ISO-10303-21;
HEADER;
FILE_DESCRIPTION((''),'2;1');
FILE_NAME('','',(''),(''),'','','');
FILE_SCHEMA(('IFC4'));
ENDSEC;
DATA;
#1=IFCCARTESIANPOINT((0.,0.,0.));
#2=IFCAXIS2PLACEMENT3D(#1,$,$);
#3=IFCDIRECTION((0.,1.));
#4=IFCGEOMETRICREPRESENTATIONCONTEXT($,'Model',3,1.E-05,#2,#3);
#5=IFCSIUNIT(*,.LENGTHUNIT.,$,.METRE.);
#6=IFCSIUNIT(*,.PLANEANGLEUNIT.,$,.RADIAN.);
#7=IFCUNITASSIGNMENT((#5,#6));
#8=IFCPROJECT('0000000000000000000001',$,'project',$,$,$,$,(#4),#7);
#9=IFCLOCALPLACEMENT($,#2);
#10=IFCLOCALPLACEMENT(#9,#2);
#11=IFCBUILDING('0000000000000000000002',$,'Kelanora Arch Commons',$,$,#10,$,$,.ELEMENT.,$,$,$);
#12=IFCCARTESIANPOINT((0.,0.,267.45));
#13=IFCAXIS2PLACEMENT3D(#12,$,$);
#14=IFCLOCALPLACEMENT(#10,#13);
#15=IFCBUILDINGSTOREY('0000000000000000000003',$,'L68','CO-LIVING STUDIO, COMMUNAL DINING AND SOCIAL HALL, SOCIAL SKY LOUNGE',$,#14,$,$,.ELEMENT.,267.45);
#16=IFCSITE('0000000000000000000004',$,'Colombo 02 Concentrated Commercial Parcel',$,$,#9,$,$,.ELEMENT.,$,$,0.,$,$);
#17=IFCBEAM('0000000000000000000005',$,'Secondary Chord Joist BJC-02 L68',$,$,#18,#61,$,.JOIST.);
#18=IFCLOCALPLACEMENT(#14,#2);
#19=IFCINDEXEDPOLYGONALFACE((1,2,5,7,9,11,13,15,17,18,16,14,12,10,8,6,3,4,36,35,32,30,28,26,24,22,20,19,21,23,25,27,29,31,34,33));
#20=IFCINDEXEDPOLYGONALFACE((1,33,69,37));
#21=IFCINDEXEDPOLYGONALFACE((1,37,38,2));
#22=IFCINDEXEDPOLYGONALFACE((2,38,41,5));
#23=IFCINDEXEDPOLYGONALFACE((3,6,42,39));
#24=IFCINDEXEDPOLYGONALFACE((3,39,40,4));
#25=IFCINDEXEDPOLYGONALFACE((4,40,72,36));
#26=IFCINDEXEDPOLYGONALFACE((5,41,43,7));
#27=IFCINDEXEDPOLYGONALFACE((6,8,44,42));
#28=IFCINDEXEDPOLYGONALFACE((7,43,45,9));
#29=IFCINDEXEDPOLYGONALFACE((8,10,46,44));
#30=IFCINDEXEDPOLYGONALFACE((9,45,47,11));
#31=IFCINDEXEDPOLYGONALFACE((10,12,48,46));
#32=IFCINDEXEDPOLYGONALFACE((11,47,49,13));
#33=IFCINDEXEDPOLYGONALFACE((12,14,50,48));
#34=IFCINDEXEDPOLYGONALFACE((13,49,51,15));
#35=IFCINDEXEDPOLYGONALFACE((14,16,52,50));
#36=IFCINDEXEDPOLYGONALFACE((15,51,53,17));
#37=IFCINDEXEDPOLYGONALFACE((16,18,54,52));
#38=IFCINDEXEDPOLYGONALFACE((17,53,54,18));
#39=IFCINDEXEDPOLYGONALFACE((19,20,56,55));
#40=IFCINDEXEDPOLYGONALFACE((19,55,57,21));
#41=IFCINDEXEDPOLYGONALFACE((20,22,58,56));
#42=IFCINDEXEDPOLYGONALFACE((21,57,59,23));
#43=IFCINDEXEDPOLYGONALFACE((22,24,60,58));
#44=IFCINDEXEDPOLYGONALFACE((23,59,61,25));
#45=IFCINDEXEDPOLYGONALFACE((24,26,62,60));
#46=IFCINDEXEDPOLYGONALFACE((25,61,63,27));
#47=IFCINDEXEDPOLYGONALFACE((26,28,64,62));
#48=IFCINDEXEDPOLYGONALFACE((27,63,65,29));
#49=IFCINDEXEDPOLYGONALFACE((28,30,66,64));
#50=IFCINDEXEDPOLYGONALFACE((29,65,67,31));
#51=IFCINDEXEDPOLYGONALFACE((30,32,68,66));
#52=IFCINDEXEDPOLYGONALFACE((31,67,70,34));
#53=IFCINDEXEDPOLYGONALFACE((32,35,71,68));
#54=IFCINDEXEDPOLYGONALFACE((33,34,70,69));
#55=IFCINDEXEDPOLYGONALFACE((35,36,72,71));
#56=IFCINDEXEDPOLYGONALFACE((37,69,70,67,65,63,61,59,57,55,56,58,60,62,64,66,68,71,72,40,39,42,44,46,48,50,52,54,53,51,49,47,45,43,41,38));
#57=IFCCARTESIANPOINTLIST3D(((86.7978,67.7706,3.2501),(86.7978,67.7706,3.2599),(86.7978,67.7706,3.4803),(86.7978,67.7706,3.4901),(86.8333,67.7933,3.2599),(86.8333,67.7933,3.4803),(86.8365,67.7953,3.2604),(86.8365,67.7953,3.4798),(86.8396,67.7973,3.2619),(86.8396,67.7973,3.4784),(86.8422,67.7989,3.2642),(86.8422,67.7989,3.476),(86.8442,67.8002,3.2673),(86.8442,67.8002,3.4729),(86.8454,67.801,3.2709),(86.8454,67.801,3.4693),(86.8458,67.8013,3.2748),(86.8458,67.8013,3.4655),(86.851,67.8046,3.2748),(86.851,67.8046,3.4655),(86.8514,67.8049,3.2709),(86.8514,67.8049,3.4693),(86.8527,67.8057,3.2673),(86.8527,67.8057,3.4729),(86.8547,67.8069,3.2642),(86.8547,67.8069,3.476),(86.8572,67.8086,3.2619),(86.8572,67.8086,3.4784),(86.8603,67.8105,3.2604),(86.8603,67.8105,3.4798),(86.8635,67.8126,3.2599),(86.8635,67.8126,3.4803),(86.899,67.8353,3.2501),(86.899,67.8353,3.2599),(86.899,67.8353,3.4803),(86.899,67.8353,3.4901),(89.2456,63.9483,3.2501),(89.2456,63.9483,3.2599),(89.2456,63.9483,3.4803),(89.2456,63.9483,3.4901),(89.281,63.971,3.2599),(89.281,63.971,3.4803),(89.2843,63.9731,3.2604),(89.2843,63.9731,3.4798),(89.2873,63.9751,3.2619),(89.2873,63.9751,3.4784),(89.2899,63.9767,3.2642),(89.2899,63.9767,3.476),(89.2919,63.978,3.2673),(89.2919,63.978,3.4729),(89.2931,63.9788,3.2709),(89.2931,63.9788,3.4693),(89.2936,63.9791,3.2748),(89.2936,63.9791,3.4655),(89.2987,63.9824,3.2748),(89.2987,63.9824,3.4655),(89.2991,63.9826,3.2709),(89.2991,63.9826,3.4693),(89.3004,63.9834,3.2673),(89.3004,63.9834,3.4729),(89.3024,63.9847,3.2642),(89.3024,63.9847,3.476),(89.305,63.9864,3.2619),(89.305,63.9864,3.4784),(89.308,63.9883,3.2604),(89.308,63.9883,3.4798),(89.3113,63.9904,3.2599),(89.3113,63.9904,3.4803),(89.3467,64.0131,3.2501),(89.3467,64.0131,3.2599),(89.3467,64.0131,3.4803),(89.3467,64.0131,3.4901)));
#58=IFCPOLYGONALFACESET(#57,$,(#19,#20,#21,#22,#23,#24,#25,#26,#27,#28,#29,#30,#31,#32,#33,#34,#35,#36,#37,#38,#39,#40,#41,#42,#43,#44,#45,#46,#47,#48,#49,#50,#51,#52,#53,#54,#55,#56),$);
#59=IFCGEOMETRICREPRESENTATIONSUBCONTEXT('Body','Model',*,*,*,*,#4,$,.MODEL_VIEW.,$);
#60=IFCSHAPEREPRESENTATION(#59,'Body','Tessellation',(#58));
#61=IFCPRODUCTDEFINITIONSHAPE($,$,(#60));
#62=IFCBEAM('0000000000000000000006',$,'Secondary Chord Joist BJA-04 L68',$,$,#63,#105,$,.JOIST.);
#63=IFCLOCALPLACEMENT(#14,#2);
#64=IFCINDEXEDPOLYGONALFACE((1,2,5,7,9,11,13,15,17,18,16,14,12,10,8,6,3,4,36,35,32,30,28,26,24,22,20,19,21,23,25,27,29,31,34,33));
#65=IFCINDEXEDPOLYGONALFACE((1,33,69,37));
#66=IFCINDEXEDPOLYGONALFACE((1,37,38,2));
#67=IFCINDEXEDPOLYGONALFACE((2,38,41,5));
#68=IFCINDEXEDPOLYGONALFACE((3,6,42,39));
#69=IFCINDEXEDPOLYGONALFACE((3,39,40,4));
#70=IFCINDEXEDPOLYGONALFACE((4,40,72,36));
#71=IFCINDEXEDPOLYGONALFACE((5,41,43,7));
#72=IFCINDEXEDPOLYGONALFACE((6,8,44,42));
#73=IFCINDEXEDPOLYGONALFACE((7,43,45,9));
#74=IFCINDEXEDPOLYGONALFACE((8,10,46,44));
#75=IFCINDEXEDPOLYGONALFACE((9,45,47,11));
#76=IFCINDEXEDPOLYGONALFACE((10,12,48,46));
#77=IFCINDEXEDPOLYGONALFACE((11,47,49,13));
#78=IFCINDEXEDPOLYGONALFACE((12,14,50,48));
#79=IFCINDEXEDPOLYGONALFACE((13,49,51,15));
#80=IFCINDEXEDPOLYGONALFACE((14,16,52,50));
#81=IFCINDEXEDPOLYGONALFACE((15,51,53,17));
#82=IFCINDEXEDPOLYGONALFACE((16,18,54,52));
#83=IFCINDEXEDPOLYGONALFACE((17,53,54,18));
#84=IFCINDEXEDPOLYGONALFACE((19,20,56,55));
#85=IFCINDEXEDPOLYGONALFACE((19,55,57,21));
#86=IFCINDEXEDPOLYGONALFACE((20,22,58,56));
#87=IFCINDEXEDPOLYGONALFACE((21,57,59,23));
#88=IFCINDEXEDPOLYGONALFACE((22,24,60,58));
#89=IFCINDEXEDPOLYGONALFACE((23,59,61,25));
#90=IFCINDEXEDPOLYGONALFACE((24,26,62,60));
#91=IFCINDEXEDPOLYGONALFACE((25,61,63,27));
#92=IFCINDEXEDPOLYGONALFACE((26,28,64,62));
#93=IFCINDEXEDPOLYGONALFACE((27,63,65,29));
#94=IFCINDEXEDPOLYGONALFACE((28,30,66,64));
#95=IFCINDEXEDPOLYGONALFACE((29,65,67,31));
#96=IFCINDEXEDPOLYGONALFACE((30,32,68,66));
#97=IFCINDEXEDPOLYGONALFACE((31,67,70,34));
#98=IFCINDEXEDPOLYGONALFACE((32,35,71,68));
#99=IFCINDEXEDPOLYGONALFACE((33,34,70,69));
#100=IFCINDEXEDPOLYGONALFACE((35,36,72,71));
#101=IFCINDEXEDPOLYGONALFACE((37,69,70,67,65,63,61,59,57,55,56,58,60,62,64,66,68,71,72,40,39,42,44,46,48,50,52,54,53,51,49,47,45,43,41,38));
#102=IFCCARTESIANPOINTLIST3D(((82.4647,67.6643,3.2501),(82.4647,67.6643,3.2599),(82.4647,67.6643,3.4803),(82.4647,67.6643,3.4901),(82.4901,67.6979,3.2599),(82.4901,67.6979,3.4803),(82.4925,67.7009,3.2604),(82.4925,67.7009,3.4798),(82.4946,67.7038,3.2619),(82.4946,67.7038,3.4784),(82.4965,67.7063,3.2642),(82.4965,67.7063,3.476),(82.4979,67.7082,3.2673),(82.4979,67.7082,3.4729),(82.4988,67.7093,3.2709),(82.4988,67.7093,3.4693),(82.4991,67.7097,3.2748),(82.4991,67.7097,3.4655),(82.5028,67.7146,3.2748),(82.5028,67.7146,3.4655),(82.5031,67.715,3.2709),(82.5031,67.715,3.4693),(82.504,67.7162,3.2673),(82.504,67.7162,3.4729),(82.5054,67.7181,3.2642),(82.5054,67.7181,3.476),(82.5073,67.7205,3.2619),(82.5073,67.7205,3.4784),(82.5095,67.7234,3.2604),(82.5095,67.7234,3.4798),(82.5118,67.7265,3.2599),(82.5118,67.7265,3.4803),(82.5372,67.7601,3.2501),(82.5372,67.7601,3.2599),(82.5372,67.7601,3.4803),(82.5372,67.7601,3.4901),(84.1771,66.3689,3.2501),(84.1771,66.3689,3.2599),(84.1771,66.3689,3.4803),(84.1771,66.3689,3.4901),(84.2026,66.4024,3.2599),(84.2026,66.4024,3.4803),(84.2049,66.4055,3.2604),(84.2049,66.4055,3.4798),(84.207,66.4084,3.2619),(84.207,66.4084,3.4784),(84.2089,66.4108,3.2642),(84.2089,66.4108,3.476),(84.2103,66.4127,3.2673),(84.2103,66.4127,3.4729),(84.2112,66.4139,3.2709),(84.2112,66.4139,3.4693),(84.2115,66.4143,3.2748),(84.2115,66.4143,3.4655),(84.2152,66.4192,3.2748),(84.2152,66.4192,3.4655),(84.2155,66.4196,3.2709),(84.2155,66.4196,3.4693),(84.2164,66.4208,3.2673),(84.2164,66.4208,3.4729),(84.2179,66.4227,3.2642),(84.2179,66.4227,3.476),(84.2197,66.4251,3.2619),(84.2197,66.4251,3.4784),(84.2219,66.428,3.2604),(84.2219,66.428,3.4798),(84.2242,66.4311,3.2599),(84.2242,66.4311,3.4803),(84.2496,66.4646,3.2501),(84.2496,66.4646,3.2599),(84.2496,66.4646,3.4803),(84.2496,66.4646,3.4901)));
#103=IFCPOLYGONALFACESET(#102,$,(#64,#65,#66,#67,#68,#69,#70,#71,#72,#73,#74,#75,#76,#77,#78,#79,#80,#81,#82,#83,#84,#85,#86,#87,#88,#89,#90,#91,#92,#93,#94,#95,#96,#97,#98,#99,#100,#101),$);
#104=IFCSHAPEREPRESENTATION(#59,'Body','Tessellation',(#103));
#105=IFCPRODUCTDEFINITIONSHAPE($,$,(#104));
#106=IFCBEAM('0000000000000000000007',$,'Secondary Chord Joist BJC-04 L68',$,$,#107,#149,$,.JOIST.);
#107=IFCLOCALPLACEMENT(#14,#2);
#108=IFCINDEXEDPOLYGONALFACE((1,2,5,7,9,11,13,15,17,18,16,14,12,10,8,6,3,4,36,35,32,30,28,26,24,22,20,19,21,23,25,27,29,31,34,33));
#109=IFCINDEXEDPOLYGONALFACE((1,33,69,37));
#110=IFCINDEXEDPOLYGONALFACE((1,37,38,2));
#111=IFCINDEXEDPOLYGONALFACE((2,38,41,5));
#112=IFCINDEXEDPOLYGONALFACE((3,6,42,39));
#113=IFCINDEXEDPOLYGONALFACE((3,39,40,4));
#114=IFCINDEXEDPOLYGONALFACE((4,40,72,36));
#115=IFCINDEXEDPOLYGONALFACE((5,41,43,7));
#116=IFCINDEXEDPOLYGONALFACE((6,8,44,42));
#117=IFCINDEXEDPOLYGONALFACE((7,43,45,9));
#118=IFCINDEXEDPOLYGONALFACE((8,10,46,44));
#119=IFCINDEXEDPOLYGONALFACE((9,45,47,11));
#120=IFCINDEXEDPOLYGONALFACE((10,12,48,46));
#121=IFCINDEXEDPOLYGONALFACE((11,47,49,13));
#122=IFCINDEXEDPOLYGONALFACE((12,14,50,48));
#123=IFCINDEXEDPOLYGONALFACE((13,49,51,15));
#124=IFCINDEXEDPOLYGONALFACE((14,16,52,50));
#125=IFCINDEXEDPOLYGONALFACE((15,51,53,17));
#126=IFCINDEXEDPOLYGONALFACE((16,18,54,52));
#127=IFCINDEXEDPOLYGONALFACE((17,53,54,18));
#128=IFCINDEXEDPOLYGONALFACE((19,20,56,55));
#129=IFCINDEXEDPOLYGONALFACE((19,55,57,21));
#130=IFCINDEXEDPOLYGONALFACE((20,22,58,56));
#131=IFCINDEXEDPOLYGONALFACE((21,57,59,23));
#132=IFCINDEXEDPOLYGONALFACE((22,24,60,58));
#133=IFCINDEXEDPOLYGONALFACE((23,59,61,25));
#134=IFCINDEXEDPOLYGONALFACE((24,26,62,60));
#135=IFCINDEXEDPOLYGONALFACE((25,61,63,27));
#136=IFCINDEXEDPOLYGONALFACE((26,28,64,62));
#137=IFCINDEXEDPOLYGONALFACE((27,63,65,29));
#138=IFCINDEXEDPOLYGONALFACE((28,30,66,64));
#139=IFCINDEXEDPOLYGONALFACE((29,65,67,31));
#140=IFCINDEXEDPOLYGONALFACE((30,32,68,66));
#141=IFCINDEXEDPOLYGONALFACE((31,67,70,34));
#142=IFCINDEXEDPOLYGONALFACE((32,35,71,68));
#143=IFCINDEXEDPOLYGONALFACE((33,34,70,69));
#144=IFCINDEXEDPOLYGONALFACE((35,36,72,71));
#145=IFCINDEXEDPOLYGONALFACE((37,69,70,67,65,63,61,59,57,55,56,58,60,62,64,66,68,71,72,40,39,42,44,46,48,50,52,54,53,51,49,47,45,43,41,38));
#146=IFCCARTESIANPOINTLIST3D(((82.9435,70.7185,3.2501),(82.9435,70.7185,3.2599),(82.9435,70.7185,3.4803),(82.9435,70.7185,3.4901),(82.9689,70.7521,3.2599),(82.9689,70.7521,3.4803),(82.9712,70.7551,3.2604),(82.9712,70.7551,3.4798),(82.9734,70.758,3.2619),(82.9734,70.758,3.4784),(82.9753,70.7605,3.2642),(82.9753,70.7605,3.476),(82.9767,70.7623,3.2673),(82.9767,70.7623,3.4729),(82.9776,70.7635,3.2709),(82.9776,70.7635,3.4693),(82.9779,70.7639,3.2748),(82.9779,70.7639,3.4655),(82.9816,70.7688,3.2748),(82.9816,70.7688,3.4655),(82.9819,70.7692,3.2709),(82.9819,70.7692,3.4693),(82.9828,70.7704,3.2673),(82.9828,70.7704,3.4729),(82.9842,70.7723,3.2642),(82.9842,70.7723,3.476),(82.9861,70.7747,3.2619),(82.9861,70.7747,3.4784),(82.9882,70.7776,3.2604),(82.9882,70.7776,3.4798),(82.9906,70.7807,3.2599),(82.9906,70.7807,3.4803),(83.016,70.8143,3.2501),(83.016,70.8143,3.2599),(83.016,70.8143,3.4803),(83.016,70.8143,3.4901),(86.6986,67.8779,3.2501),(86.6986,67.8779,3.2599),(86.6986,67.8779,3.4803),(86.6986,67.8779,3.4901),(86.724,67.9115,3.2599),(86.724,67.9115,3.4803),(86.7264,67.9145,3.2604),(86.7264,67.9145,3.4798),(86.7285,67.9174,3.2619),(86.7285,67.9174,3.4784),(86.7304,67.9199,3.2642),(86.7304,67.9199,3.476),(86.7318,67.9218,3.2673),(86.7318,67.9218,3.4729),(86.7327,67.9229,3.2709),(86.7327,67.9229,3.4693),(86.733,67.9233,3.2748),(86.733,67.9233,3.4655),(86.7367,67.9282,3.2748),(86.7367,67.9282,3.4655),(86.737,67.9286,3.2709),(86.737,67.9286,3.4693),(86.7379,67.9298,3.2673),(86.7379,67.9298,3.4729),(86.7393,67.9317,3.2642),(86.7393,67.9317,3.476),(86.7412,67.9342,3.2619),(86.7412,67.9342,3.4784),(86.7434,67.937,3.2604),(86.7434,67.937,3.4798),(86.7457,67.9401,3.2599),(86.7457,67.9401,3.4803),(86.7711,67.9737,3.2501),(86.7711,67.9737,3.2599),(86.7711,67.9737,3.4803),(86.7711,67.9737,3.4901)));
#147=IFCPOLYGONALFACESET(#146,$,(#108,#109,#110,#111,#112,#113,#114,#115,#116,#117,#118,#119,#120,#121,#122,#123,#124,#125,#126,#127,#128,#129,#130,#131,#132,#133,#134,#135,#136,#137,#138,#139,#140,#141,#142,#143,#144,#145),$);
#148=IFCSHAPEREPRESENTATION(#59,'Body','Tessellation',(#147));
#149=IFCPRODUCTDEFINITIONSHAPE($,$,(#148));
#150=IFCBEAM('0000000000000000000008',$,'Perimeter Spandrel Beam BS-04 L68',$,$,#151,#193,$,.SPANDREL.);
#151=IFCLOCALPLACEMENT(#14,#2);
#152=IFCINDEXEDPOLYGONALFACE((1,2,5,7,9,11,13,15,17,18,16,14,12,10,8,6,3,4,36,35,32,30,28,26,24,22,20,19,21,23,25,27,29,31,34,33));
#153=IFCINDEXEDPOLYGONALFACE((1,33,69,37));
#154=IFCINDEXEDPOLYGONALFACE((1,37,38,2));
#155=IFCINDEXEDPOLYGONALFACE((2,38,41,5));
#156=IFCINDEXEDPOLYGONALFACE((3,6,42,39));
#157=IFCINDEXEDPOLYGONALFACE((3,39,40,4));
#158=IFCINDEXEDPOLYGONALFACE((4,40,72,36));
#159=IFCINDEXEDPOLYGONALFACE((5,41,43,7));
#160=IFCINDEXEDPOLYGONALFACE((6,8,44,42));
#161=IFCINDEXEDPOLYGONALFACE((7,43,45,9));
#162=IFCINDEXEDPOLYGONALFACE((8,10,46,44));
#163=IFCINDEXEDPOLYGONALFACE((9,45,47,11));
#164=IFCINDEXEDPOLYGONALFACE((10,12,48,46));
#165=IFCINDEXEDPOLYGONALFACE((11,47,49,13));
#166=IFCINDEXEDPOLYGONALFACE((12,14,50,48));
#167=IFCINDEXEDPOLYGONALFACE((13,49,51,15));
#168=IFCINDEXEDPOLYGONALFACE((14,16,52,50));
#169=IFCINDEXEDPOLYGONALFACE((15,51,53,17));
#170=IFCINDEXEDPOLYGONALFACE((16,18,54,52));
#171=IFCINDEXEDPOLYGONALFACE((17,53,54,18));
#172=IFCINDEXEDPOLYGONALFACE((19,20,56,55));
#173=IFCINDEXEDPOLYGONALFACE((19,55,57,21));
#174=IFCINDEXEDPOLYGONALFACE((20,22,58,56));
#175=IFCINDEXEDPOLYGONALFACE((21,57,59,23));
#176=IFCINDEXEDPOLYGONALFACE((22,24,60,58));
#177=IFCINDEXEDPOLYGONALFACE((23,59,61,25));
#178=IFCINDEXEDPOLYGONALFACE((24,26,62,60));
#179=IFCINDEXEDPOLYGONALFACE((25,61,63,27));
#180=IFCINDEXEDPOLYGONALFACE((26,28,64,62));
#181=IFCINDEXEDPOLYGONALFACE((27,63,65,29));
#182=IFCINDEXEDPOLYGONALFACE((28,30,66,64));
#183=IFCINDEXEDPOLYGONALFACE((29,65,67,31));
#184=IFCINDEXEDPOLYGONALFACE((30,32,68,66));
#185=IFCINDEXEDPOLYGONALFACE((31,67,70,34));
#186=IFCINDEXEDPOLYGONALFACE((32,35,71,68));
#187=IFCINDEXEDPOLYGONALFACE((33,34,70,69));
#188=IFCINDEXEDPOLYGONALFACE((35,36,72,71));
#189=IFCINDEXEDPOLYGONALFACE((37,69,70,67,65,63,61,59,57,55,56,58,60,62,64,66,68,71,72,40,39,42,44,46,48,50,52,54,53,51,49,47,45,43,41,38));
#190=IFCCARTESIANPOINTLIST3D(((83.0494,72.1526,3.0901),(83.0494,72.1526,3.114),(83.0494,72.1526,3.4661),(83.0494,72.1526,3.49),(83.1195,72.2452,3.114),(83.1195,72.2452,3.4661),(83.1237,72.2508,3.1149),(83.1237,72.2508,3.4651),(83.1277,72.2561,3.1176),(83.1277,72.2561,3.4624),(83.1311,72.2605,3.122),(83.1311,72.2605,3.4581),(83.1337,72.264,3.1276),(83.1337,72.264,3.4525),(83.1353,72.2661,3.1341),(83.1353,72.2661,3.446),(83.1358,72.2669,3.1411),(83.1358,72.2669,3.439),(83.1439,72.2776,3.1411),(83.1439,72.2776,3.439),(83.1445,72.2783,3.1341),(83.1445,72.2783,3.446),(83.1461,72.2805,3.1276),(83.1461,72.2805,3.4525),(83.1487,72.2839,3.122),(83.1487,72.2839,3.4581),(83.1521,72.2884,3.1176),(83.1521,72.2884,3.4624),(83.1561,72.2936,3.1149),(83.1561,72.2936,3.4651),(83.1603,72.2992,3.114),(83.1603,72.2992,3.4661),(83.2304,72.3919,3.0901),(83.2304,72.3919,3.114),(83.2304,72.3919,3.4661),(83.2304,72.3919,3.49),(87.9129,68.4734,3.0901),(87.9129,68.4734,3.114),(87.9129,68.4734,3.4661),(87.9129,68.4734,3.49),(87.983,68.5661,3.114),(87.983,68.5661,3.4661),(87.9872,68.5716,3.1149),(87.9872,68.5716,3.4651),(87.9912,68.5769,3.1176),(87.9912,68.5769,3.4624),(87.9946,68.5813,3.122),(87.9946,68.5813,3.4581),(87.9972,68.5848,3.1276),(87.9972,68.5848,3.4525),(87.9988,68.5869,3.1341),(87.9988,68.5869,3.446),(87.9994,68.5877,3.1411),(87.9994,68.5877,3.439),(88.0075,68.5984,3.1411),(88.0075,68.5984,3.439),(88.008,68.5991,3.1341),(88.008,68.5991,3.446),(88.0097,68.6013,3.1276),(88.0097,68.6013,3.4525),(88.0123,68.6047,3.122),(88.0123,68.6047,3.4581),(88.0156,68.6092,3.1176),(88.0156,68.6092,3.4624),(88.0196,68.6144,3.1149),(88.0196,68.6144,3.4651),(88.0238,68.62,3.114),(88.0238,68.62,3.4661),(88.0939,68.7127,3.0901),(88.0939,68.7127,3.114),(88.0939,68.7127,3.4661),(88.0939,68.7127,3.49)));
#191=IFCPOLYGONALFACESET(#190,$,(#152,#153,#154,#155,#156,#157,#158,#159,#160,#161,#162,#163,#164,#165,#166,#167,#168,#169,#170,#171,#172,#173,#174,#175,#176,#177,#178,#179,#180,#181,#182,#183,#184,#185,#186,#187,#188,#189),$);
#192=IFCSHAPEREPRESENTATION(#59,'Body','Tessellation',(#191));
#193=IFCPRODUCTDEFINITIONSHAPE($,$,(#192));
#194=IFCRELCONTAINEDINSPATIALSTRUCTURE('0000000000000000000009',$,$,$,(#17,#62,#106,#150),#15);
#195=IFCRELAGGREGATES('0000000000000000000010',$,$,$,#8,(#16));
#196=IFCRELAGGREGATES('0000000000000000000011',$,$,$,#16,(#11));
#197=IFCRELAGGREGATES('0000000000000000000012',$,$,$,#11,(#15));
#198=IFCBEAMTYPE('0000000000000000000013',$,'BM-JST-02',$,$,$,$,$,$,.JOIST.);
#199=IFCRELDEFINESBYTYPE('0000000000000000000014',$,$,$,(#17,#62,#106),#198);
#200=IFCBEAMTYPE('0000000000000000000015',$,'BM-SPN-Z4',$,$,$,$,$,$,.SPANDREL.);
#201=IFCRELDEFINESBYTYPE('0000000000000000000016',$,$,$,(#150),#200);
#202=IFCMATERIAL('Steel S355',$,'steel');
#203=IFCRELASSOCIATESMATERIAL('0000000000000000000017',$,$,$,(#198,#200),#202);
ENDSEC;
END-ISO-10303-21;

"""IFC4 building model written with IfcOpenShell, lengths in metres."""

from ifc_helpers import new_model, si_unit, direction, frame, origin, origin_2d, place, context, subcontext, project, spatial, i_section, extrude, material, material_profile, profile_set, type_object, element, save


model = new_model("IFC4")

# Units and contexts
model_context = context("Model", 3, precision=1e-05, world=origin(), true_north=direction((0.0, 1.0)))
body_context = subcontext(model_context, "Body", "Model", "MODEL_VIEW")
ifc_project = project(units=[si_unit("LENGTHUNIT", "METRE"), si_unit("PLANEANGLEUNIT", "RADIAN")], contexts=[model_context])

# Site, building, storey
site_placement = place(None, origin())
site = spatial("IfcSite", under=ifc_project, at=site_placement, Name="Colombo 02 Concentrated Commercial Parcel", CompositionType="ELEMENT", RefElevation=0.0)
building_placement = place(site_placement, origin())
building = spatial("IfcBuilding", under=site, at=building_placement, Name="Kelanora Arch Commons", CompositionType="ELEMENT")
storey_placement = place(building_placement, frame((0.0, 0.0, 267.45)))
storey = spatial("IfcBuildingStorey", under=building, at=storey_placement, Name="L68", Description="CO-LIVING STUDIO, COMMUNAL DINING AND SOCIAL HALL, SOCIAL SKY LOUNGE", CompositionType="ELEMENT", Elevation=267.45)

# Beams
ifc_material_1 = material(Name="Steel S355", Category="steel")
ifc_material_profile_1 = material_profile(ifc_material_1, i_section(OverallWidth=0.1201, OverallDepth=0.24, WebThickness=0.0061, FlangeThickness=0.0098, FilletRadius=0.0149, at=origin_2d()), Name="IPE240")
ifc_profile_set_1 = profile_set([ifc_material_profile_1], Name="Steel S355")
beam_type_1 = type_object("IfcBeamType", Name="BM-JST-02", PredefinedType="JOIST", material=ifc_profile_set_1)
beam_1_placement = place(storey_placement, frame((89.2961, 63.9807, 3.3701), z_axis=(-0.539289, 0.842121, 0.0), x_axis=(-0.842121, -0.539289, 0.0)))
element("IfcBeam", 1, at=beam_1_placement, inside=storey, type_object=beam_type_1, Name="Secondary Chord Joist BJC-02 L68", PredefinedType="JOIST", context=body_context, shape_type="SweptSolid", body=[
    extrude(i_section(OverallWidth=0.1201, OverallDepth=0.24, WebThickness=0.0061, FlangeThickness=0.0098, FilletRadius=0.0149, at=origin_2d()), origin(), (0.0, 0.0, 1.0), 4.5388),
])
beam_2_placement = place(storey_placement, frame((84.2134, 66.4167, 3.3701), z_axis=(-0.79751, 0.603306, 0.0), x_axis=(-0.603306, -0.79751, 0.0)))
element("IfcBeam", 2, at=beam_2_placement, inside=storey, type_object=beam_type_1, Name="Secondary Chord Joist BJA-04 L68", PredefinedType="JOIST", context=body_context, shape_type="SweptSolid", body=[
    extrude(i_section(OverallWidth=0.1201, OverallDepth=0.24, WebThickness=0.0061, FlangeThickness=0.0098, FilletRadius=0.0149, at=origin_2d()), origin(), (0.0, 0.0, 1.0), 2.1472),
])
beam_3_placement = place(storey_placement, frame((86.7349, 67.9258, 3.3701), z_axis=(-0.797523, 0.603289, 0.0), x_axis=(-0.603289, -0.797523, 0.0)))
element("IfcBeam", 3, at=beam_3_placement, inside=storey, type_object=beam_type_1, Name="Secondary Chord Joist BJC-04 L68", PredefinedType="JOIST", context=body_context, shape_type="SweptSolid", body=[
    extrude(i_section(OverallWidth=0.1201, OverallDepth=0.24, WebThickness=0.0061, FlangeThickness=0.0098, FilletRadius=0.0149, at=origin_2d()), origin(), (0.0, 0.0, 1.0), 4.7085),
])
ifc_material_profile_2 = material_profile(ifc_material_1, i_section(OverallWidth=0.3, OverallDepth=0.3999, WebThickness=0.0134, FlangeThickness=0.0239, FilletRadius=0.0271, at=origin_2d()), Name="HEB400")
ifc_profile_set_2 = profile_set([ifc_material_profile_2], Name="Steel S355")
beam_type_2 = type_object("IfcBeamType", Name="BM-SPN-Z4", PredefinedType="SPANDREL", material=ifc_profile_set_2)
beam_4_placement = place(storey_placement, frame((88.0034, 68.593, 3.29), z_axis=(-0.797509, 0.603306, 0.0), x_axis=(-0.603306, -0.797509, 0.0)))
element("IfcBeam", 4, at=beam_4_placement, inside=storey, type_object=beam_type_2, Name="Perimeter Spandrel Beam BS-04 L68", PredefinedType="SPANDREL", context=body_context, shape_type="SweptSolid", body=[
    extrude(i_section(OverallWidth=0.3, OverallDepth=0.3999, WebThickness=0.0134, FlangeThickness=0.0239, FilletRadius=0.0271, at=origin_2d()), origin(), (0.0, 0.0, 1.0), 6.0984),
])

save(model, "model.ifc")
